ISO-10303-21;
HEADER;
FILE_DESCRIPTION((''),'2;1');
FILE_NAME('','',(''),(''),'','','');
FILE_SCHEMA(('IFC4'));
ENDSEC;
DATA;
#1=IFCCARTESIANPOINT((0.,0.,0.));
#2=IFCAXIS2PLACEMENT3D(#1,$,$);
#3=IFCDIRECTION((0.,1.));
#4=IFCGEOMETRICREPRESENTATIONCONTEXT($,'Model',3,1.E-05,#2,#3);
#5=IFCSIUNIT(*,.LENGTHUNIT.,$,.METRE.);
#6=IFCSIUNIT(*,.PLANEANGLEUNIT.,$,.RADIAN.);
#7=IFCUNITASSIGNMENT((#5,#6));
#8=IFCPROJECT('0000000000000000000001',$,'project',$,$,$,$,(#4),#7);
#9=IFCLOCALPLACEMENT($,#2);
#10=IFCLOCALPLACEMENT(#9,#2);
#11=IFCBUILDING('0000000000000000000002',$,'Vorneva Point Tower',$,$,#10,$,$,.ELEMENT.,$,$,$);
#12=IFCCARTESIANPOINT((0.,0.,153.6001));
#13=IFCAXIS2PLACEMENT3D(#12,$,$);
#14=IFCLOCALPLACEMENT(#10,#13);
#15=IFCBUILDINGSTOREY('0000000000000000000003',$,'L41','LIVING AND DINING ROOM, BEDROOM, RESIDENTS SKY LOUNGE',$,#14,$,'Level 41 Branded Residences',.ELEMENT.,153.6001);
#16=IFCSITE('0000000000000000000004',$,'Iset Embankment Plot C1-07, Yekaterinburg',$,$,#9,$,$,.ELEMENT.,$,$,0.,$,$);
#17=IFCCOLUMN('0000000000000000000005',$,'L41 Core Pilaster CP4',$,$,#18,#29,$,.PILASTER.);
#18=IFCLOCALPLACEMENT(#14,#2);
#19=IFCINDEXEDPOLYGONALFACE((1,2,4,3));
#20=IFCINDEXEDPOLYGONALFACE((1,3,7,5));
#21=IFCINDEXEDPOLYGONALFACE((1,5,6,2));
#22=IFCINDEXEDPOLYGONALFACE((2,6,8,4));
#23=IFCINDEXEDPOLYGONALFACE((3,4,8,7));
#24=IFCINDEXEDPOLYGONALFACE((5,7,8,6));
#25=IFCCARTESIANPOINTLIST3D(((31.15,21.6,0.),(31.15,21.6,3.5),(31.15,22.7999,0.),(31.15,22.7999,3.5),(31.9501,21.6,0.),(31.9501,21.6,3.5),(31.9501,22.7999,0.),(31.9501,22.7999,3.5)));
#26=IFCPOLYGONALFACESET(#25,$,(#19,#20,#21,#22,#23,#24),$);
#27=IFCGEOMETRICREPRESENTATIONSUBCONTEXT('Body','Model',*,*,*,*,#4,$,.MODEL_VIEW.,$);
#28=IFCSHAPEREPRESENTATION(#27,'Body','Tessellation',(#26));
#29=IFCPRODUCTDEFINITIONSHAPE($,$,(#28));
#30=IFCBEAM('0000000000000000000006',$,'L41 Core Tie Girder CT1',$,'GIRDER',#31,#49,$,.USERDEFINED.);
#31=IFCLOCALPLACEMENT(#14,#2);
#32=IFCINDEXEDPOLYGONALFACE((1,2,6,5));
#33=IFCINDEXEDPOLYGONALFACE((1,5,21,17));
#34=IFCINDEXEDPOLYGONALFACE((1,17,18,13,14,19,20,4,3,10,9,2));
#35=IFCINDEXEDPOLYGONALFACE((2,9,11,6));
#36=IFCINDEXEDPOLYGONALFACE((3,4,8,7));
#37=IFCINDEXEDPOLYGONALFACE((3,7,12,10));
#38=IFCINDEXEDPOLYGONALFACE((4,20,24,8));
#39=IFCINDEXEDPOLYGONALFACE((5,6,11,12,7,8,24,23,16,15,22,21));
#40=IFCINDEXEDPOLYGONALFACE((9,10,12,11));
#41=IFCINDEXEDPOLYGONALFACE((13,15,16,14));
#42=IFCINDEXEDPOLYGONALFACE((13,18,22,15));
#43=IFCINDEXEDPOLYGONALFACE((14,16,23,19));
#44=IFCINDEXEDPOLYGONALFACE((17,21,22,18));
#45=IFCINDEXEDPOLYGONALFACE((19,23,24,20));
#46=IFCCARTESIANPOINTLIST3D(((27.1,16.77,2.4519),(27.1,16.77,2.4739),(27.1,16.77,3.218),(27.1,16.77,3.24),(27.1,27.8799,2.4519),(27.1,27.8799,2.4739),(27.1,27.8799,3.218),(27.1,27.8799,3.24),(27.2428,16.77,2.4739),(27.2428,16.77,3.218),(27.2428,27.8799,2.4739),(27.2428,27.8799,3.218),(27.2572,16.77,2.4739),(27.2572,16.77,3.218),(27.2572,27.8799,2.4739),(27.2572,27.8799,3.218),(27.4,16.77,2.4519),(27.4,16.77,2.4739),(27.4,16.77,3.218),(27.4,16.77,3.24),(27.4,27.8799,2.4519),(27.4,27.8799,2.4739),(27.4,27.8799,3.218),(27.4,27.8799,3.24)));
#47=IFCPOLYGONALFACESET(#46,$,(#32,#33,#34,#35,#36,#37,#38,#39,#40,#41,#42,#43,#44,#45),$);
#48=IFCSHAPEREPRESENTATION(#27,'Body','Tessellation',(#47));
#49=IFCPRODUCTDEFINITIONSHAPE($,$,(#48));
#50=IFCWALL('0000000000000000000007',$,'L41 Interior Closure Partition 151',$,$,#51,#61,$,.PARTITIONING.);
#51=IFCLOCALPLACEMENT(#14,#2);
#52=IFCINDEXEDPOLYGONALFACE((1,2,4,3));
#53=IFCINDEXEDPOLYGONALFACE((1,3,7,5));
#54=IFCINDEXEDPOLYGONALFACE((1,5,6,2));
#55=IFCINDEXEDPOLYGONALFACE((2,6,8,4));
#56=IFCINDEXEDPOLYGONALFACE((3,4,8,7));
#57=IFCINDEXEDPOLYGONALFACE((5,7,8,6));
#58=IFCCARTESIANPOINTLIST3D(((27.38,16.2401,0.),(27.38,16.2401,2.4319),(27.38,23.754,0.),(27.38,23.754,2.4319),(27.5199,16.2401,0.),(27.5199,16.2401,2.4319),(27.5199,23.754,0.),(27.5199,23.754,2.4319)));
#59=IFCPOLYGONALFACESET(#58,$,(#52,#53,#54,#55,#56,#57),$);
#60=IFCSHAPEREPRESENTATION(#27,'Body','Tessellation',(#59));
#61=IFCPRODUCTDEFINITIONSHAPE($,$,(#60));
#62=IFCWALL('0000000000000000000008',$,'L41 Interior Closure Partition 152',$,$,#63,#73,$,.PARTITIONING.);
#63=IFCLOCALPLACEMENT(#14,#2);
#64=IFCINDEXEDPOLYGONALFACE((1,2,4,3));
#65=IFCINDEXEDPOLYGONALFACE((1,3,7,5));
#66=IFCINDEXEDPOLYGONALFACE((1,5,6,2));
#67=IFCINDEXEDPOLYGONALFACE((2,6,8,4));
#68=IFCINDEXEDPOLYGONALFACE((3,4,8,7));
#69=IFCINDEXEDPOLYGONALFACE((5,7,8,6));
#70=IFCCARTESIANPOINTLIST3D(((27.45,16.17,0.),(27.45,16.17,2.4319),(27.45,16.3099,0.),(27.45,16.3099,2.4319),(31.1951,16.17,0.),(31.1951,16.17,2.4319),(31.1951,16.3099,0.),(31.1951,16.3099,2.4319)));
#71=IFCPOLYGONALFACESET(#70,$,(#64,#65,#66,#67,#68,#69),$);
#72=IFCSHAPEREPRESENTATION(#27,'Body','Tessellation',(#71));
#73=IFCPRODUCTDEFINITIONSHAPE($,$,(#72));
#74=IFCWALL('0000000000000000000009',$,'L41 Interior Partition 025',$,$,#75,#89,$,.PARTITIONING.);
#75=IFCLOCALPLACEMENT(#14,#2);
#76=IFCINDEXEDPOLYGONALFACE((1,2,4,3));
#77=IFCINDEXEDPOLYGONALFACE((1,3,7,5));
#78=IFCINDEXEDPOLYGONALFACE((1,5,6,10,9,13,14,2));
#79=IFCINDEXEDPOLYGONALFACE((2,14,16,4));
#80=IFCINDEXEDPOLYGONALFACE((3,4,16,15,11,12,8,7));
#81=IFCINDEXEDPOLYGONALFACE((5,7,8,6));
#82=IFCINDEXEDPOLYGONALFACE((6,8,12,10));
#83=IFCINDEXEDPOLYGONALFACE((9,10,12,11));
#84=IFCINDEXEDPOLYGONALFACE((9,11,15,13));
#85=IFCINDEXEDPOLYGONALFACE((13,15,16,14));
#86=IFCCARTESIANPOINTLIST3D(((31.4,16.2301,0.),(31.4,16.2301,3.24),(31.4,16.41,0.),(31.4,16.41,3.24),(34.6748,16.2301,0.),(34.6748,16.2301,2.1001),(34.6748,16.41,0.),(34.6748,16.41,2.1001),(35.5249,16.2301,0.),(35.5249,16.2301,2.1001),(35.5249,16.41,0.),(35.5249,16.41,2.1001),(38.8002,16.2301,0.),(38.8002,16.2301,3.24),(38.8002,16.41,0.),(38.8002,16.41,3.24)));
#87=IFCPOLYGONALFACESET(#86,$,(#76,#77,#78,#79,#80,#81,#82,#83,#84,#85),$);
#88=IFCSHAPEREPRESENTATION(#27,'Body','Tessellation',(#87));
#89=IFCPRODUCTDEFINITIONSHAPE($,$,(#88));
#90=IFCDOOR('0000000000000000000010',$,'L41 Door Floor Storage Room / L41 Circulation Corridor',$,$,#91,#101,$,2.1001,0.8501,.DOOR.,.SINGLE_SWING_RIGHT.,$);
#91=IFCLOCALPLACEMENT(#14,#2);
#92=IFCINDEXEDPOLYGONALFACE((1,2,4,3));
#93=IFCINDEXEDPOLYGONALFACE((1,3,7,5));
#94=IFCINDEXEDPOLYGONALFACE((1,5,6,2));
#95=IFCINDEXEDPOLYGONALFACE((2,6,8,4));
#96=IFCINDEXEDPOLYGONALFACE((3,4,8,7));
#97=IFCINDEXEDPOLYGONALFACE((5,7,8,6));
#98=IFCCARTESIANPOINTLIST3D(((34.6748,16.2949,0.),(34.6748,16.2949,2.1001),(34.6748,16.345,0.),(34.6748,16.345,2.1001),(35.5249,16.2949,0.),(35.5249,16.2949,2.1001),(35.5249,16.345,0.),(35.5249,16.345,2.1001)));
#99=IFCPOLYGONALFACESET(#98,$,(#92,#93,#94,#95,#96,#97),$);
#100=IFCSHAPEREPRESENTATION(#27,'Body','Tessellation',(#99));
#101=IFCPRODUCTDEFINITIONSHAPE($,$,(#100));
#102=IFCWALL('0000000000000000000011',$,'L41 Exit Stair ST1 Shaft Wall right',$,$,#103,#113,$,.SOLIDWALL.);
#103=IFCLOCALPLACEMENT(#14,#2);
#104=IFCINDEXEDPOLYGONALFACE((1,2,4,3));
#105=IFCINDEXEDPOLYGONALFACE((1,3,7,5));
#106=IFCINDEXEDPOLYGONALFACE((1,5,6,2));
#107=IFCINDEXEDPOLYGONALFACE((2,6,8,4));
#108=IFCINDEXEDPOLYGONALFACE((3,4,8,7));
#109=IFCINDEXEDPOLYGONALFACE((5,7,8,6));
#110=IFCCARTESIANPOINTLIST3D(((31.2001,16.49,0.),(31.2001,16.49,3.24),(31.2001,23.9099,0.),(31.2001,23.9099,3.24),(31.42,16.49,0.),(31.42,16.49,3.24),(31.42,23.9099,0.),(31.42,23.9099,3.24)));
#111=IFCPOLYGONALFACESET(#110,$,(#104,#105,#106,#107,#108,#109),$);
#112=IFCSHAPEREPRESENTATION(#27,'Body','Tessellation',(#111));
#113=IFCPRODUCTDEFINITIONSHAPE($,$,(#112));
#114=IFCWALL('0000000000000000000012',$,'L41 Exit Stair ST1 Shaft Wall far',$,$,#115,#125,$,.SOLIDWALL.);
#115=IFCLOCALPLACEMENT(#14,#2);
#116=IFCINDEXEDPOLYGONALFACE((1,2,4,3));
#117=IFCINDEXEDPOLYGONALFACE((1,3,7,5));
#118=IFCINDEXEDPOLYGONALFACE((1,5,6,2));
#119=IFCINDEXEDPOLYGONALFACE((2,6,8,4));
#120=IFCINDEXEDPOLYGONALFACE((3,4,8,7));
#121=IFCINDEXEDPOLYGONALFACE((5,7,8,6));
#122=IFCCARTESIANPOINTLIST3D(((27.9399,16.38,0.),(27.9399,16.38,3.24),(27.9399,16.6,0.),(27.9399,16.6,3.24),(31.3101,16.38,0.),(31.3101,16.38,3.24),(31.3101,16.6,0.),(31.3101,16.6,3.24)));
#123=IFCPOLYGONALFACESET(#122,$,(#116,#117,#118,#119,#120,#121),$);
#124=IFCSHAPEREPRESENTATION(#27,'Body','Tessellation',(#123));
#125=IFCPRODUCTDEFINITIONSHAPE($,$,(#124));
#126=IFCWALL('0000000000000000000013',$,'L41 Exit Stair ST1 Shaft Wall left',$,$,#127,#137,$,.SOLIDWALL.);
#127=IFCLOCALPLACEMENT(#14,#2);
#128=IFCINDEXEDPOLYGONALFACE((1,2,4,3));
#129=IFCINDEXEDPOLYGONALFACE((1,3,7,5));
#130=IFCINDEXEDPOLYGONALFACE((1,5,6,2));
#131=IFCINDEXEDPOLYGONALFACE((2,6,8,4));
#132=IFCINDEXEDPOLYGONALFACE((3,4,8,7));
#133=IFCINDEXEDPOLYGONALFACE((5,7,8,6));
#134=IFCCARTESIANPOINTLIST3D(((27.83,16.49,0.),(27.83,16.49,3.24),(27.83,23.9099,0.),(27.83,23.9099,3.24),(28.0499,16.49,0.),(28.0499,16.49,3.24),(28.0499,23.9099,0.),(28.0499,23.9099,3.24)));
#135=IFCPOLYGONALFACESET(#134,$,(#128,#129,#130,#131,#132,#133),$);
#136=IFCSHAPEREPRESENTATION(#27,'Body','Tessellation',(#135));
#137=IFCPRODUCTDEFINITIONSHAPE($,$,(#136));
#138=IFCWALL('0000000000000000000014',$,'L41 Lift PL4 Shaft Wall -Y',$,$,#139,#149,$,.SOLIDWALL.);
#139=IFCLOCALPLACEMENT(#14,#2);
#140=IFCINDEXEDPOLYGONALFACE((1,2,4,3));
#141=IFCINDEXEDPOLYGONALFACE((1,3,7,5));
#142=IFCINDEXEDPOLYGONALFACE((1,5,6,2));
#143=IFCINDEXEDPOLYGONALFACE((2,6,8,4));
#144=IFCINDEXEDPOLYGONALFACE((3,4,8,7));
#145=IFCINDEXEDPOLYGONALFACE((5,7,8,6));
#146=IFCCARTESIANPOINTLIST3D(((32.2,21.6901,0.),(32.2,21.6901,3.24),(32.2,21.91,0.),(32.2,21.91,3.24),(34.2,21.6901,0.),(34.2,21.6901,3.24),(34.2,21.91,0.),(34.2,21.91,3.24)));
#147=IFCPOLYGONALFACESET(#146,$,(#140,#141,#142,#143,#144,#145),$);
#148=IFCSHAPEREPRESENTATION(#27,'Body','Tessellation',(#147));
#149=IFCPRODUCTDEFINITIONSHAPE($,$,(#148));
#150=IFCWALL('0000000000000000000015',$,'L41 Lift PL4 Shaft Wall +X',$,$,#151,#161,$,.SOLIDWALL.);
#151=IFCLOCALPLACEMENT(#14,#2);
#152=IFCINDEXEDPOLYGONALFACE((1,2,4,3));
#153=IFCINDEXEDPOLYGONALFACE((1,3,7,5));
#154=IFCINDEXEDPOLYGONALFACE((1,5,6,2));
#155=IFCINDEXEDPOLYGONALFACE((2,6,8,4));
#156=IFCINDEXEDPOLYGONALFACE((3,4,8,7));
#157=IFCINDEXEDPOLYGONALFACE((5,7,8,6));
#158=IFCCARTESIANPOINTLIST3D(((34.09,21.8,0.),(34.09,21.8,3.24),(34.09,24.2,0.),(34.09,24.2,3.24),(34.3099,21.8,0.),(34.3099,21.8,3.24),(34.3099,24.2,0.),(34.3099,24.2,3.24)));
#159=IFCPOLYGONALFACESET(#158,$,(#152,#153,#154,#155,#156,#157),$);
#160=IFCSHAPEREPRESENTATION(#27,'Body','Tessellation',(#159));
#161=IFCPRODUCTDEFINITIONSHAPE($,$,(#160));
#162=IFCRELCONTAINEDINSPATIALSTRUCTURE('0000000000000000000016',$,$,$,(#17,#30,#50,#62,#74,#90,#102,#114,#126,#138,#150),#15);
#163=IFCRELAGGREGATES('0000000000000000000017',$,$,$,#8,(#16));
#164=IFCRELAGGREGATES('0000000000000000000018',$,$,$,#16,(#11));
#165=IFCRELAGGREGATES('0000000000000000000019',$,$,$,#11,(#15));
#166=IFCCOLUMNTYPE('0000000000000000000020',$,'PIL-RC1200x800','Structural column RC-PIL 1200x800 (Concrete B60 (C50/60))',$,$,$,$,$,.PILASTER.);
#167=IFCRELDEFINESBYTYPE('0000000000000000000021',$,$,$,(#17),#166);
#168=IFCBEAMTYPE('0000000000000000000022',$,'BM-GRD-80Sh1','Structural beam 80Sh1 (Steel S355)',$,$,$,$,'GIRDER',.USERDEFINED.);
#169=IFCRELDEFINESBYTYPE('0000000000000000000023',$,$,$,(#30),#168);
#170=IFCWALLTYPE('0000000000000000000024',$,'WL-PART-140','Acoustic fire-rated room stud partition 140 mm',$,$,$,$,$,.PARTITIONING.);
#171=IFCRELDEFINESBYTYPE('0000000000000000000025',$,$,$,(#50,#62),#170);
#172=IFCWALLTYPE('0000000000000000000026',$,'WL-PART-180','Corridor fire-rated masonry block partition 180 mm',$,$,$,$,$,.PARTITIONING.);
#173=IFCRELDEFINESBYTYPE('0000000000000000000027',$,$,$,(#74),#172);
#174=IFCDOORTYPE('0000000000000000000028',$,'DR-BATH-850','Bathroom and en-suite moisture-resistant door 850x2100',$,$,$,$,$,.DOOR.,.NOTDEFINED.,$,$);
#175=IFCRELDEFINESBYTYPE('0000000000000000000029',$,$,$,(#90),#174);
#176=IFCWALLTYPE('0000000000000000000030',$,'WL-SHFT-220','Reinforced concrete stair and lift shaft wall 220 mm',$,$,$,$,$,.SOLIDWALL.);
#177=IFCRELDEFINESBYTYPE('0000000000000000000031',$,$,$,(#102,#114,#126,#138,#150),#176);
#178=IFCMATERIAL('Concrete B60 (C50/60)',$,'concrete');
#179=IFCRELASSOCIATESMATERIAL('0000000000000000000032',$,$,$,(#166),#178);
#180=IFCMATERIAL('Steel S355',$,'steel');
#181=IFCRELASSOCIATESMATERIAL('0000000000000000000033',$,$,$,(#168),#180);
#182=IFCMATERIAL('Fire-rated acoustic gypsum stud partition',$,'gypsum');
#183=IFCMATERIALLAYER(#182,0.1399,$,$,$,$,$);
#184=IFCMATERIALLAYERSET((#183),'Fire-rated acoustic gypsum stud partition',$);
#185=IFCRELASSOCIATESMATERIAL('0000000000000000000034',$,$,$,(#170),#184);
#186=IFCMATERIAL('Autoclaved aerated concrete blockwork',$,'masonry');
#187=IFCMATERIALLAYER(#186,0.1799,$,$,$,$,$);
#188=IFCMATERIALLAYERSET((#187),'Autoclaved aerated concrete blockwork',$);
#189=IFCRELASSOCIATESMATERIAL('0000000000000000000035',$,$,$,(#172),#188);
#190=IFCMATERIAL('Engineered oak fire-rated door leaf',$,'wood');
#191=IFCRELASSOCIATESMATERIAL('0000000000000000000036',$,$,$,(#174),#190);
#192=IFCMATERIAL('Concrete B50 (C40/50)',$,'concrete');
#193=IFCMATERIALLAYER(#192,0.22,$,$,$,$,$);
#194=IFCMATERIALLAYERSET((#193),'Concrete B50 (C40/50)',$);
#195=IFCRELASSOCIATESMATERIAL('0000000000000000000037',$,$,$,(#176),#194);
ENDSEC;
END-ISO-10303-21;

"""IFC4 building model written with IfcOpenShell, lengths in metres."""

from ifc_helpers import new_model, si_unit, direction, frame, frame_2d, origin, origin_2d, place, context, subcontext, project, spatial, rectangle, i_section, extrude, material, layer, layer_set, material_profile, profile_set, type_object, element, fill, save


model = new_model("IFC4")

# Units and contexts
model_context = context("Model", 3, precision=1e-05, world=origin(), true_north=direction((0.0, 1.0)))
body_context = subcontext(model_context, "Body", "Model", "MODEL_VIEW")
ifc_project = project(units=[si_unit("LENGTHUNIT", "METRE"), si_unit("PLANEANGLEUNIT", "RADIAN")], contexts=[model_context])

# Site, building, storey
site_placement = place(None, origin())
site = spatial("IfcSite", under=ifc_project, at=site_placement, Name="Iset Embankment Plot C1-07, Yekaterinburg", CompositionType="ELEMENT", RefElevation=0.0)
building_placement = place(site_placement, origin())
building = spatial("IfcBuilding", under=site, at=building_placement, Name="Vorneva Point Tower", CompositionType="ELEMENT")
storey_placement = place(building_placement, frame((0.0, 0.0, 153.6001)))
storey = spatial("IfcBuildingStorey", under=building, at=storey_placement, Name="L41", Description="LIVING AND DINING ROOM, BEDROOM, RESIDENTS SKY LOUNGE", LongName="Level 41 Branded Residences", CompositionType="ELEMENT", Elevation=153.6001)

# Column
ifc_material_1 = material(Name="Concrete B60 (C50/60)", Category="concrete")
ifc_material_profile_1 = material_profile(ifc_material_1, rectangle(XDim=0.8, YDim=1.2, at=origin_2d()), Name="RC-PIL 1200x800")
ifc_profile_set_1 = profile_set([ifc_material_profile_1], Name="Concrete B60 (C50/60)")
column_type = type_object("IfcColumnType", Name="PIL-RC1200x800", Description="Structural column RC-PIL 1200x800 (Concrete B60 (C50/60))", PredefinedType="PILASTER", material=ifc_profile_set_1)
column_placement = place(storey_placement, frame((31.55, 22.2, 0.0), z_axis=(0.0, 0.0, 1.0), x_axis=(1.0, 0.0, 0.0)))
element("IfcColumn", 1, at=column_placement, inside=storey, type_object=column_type, Name="L41 Core Pilaster CP4", PredefinedType="PILASTER", context=body_context, shape_type="SweptSolid", body=[
    extrude(rectangle(XDim=0.8, YDim=1.2, at=origin_2d()), origin(), (0.0, 0.0, 1.0), 3.5),
])

# Beam
ifc_material_2 = material(Name="Steel S355", Category="steel")
ifc_material_profile_2 = material_profile(ifc_material_2, i_section(OverallWidth=0.3, OverallDepth=0.7881, WebThickness=0.0144, FlangeThickness=0.022, at=origin_2d()), Name="80Sh1")
ifc_profile_set_2 = profile_set([ifc_material_profile_2], Name="Steel S355")
beam_type = type_object("IfcBeamType", Name="BM-GRD-80Sh1", Description="Structural beam 80Sh1 (Steel S355)", ElementType="GIRDER", PredefinedType="USERDEFINED", material=ifc_profile_set_2)
beam_placement = place(storey_placement, frame((27.25, 16.77, 2.8459), z_axis=(0.0, 1.0, 0.0), x_axis=(-1.0, 0.0, 0.0)))
element("IfcBeam", 2, at=beam_placement, inside=storey, type_object=beam_type, Name="L41 Core Tie Girder CT1", ObjectType="GIRDER", PredefinedType="USERDEFINED", context=body_context, shape_type="SweptSolid", body=[
    extrude(i_section(OverallWidth=0.3, OverallDepth=0.7881, WebThickness=0.0144, FlangeThickness=0.022, at=origin_2d()), origin(), (0.0, 0.0, 1.0), 11.1099),
])

# Walls
ifc_material_3 = material(Name="Fire-rated acoustic gypsum stud partition", Category="gypsum")
ifc_layer_1 = layer(ifc_material_3, 0.1399)
ifc_layer_set_1 = layer_set([ifc_layer_1], Name="Fire-rated acoustic gypsum stud partition")
wall_type_1 = type_object("IfcWallType", Name="WL-PART-140", Description="Acoustic fire-rated room stud partition 140 mm", PredefinedType="PARTITIONING", material=ifc_layer_set_1)
wall_1_placement = place(storey_placement, frame((27.45, 23.7539, 0.0), z_axis=(0.0, 0.0, 1.0), x_axis=(0.0, -1.0, 0.0)))
element("IfcWall", 3, at=wall_1_placement, inside=storey, type_object=wall_type_1, Name="L41 Interior Closure Partition 151", PredefinedType="PARTITIONING", context=body_context, shape_type="SweptSolid", body=[
    extrude(rectangle(XDim=7.5139, YDim=0.1399, at=frame_2d((3.7568, 0.0))), origin(), (0.0, 0.0, 1.0), 2.4319),
])
wall_2_placement = place(storey_placement, frame((27.45, 16.24, 0.0), z_axis=(0.0, 0.0, 1.0), x_axis=(1.0, 0.0, 0.0)))
element("IfcWall", 4, at=wall_2_placement, inside=storey, type_object=wall_type_1, Name="L41 Interior Closure Partition 152", PredefinedType="PARTITIONING", context=body_context, shape_type="SweptSolid", body=[
    extrude(rectangle(XDim=3.7451, YDim=0.1399, at=frame_2d((1.8726, 0.0))), origin(), (0.0, 0.0, 1.0), 2.4319),
])

# Wall, opening, door
ifc_material_4 = material(Name="Autoclaved aerated concrete blockwork", Category="masonry")
ifc_layer_2 = layer(ifc_material_4, 0.1799)
ifc_layer_set_2 = layer_set([ifc_layer_2], Name="Autoclaved aerated concrete blockwork")
wall_type_2 = type_object("IfcWallType", Name="WL-PART-180", Description="Corridor fire-rated masonry block partition 180 mm", PredefinedType="PARTITIONING", material=ifc_layer_set_2)
wall_3_placement = place(storey_placement, frame((31.3999, 16.3201, 0.0), z_axis=(0.0, 0.0, 1.0), x_axis=(1.0, 0.0, 0.0)))
wall_3 = element("IfcWall", 5, at=wall_3_placement, inside=storey, type_object=wall_type_2, Name="L41 Interior Partition 025", PredefinedType="PARTITIONING", context=body_context, shape_type="SweptSolid", body=[
    extrude(rectangle(XDim=7.4001, YDim=0.1799, at=frame_2d((3.7002, 0.0))), origin(), (0.0, 0.0, 1.0), 3.24),
])
opening_1_placement = place(wall_3_placement, frame((3.2749, 0.0, 0.0)))
opening_1 = element("IfcOpeningElement", 6, at=opening_1_placement, cuts=wall_3, PredefinedType="OPENING", context=body_context, shape_type="SweptSolid", body=[
    extrude(rectangle(XDim=0.8501, YDim=2.1001, at=frame_2d((0.425, 1.05))), frame((0.0, 0.105, 0.0), z_axis=(0.0, -1.0, 0.0), x_axis=(1.0, 0.0, 0.0)), (0.0, 0.0, 1.0), 0.2097),
])
ifc_material_5 = material(Name="Engineered oak fire-rated door leaf", Category="wood")
door_type_1 = type_object("IfcDoorType", Name="DR-BATH-850", Description="Bathroom and en-suite moisture-resistant door 850x2100", OperationType="NOTDEFINED", PredefinedType="DOOR", material=ifc_material_5)
door_1_placement = place(opening_1_placement, origin())
door_1 = element("IfcDoor", 7, at=door_1_placement, inside=storey, type_object=door_type_1, Name="L41 Door Floor Storage Room / L41 Circulation Corridor", OperationType="SINGLE_SWING_RIGHT", OverallHeight=2.1001, OverallWidth=0.8501, PredefinedType="DOOR", context=body_context, shape_type="SweptSolid", body=[
    extrude(rectangle(XDim=0.8501, YDim=2.1001, at=frame_2d((0.425, 1.05))), frame((0.0, 0.0249, 0.0), z_axis=(0.0, -1.0, 0.0), x_axis=(1.0, 0.0, 0.0)), (0.0, 0.0, 1.0), 0.05),
])
fill(opening_1, door_1)
ifc_material_6 = material(Name="Concrete B50 (C40/50)", Category="concrete")
ifc_layer_3 = layer(ifc_material_6, 0.22)
ifc_layer_set_3 = layer_set([ifc_layer_3], Name="Concrete B50 (C40/50)")
wall_type_3 = type_object("IfcWallType", Name="WL-SHFT-220", Description="Reinforced concrete stair and lift shaft wall 220 mm", PredefinedType="SOLIDWALL", material=ifc_layer_set_3)

# Walls
wall_4_placement = place(storey_placement, frame((31.3101, 23.9099, 0.0), z_axis=(0.0, 0.0, 1.0), x_axis=(0.0, -1.0, 0.0)))
element("IfcWall", 8, at=wall_4_placement, inside=storey, type_object=wall_type_3, Name="L41 Exit Stair ST1 Shaft Wall right", PredefinedType="SOLIDWALL", context=body_context, shape_type="SweptSolid", body=[
    extrude(rectangle(XDim=7.4199, YDim=0.22, at=frame_2d((3.71, 0.0))), origin(), (0.0, 0.0, 1.0), 3.24),
])
wall_5_placement = place(storey_placement, frame((31.3101, 16.49, 0.0), z_axis=(0.0, 0.0, 1.0), x_axis=(-1.0, 0.0, 0.0)))
element("IfcWall", 9, at=wall_5_placement, inside=storey, type_object=wall_type_3, Name="L41 Exit Stair ST1 Shaft Wall far", PredefinedType="SOLIDWALL", context=body_context, shape_type="SweptSolid", body=[
    extrude(rectangle(XDim=3.3701, YDim=0.22, at=frame_2d((1.6851, 0.0))), origin(), (0.0, 0.0, 1.0), 3.24),
])
wall_6_placement = place(storey_placement, frame((27.9399, 16.49, 0.0), z_axis=(0.0, 0.0, 1.0), x_axis=(0.0, 1.0, 0.0)))
element("IfcWall", 10, at=wall_6_placement, inside=storey, type_object=wall_type_3, Name="L41 Exit Stair ST1 Shaft Wall left", PredefinedType="SOLIDWALL", context=body_context, shape_type="SweptSolid", body=[
    extrude(rectangle(XDim=7.4199, YDim=0.22, at=frame_2d((3.71, 0.0))), origin(), (0.0, 0.0, 1.0), 3.24),
])
wall_7_placement = place(storey_placement, frame((32.2, 21.8, 0.0), z_axis=(0.0, 0.0, 1.0), x_axis=(1.0, 0.0, 0.0)))
element("IfcWall", 11, at=wall_7_placement, inside=storey, type_object=wall_type_3, Name="L41 Lift PL4 Shaft Wall -Y", PredefinedType="SOLIDWALL", context=body_context, shape_type="SweptSolid", body=[
    extrude(rectangle(XDim=2.0, YDim=0.22, at=frame_2d((1.0, 0.0))), origin(), (0.0, 0.0, 1.0), 3.24),
])
wall_8_placement = place(storey_placement, frame((34.2, 21.8, 0.0), z_axis=(0.0, 0.0, 1.0), x_axis=(0.0, 1.0, 0.0)))
element("IfcWall", 12, at=wall_8_placement, inside=storey, type_object=wall_type_3, Name="L41 Lift PL4 Shaft Wall +X", PredefinedType="SOLIDWALL", context=body_context, shape_type="SweptSolid", body=[
    extrude(rectangle(XDim=2.3999, YDim=0.22, at=frame_2d((1.2, 0.0))), origin(), (0.0, 0.0, 1.0), 3.24),
])

save(model, "model.ifc")
